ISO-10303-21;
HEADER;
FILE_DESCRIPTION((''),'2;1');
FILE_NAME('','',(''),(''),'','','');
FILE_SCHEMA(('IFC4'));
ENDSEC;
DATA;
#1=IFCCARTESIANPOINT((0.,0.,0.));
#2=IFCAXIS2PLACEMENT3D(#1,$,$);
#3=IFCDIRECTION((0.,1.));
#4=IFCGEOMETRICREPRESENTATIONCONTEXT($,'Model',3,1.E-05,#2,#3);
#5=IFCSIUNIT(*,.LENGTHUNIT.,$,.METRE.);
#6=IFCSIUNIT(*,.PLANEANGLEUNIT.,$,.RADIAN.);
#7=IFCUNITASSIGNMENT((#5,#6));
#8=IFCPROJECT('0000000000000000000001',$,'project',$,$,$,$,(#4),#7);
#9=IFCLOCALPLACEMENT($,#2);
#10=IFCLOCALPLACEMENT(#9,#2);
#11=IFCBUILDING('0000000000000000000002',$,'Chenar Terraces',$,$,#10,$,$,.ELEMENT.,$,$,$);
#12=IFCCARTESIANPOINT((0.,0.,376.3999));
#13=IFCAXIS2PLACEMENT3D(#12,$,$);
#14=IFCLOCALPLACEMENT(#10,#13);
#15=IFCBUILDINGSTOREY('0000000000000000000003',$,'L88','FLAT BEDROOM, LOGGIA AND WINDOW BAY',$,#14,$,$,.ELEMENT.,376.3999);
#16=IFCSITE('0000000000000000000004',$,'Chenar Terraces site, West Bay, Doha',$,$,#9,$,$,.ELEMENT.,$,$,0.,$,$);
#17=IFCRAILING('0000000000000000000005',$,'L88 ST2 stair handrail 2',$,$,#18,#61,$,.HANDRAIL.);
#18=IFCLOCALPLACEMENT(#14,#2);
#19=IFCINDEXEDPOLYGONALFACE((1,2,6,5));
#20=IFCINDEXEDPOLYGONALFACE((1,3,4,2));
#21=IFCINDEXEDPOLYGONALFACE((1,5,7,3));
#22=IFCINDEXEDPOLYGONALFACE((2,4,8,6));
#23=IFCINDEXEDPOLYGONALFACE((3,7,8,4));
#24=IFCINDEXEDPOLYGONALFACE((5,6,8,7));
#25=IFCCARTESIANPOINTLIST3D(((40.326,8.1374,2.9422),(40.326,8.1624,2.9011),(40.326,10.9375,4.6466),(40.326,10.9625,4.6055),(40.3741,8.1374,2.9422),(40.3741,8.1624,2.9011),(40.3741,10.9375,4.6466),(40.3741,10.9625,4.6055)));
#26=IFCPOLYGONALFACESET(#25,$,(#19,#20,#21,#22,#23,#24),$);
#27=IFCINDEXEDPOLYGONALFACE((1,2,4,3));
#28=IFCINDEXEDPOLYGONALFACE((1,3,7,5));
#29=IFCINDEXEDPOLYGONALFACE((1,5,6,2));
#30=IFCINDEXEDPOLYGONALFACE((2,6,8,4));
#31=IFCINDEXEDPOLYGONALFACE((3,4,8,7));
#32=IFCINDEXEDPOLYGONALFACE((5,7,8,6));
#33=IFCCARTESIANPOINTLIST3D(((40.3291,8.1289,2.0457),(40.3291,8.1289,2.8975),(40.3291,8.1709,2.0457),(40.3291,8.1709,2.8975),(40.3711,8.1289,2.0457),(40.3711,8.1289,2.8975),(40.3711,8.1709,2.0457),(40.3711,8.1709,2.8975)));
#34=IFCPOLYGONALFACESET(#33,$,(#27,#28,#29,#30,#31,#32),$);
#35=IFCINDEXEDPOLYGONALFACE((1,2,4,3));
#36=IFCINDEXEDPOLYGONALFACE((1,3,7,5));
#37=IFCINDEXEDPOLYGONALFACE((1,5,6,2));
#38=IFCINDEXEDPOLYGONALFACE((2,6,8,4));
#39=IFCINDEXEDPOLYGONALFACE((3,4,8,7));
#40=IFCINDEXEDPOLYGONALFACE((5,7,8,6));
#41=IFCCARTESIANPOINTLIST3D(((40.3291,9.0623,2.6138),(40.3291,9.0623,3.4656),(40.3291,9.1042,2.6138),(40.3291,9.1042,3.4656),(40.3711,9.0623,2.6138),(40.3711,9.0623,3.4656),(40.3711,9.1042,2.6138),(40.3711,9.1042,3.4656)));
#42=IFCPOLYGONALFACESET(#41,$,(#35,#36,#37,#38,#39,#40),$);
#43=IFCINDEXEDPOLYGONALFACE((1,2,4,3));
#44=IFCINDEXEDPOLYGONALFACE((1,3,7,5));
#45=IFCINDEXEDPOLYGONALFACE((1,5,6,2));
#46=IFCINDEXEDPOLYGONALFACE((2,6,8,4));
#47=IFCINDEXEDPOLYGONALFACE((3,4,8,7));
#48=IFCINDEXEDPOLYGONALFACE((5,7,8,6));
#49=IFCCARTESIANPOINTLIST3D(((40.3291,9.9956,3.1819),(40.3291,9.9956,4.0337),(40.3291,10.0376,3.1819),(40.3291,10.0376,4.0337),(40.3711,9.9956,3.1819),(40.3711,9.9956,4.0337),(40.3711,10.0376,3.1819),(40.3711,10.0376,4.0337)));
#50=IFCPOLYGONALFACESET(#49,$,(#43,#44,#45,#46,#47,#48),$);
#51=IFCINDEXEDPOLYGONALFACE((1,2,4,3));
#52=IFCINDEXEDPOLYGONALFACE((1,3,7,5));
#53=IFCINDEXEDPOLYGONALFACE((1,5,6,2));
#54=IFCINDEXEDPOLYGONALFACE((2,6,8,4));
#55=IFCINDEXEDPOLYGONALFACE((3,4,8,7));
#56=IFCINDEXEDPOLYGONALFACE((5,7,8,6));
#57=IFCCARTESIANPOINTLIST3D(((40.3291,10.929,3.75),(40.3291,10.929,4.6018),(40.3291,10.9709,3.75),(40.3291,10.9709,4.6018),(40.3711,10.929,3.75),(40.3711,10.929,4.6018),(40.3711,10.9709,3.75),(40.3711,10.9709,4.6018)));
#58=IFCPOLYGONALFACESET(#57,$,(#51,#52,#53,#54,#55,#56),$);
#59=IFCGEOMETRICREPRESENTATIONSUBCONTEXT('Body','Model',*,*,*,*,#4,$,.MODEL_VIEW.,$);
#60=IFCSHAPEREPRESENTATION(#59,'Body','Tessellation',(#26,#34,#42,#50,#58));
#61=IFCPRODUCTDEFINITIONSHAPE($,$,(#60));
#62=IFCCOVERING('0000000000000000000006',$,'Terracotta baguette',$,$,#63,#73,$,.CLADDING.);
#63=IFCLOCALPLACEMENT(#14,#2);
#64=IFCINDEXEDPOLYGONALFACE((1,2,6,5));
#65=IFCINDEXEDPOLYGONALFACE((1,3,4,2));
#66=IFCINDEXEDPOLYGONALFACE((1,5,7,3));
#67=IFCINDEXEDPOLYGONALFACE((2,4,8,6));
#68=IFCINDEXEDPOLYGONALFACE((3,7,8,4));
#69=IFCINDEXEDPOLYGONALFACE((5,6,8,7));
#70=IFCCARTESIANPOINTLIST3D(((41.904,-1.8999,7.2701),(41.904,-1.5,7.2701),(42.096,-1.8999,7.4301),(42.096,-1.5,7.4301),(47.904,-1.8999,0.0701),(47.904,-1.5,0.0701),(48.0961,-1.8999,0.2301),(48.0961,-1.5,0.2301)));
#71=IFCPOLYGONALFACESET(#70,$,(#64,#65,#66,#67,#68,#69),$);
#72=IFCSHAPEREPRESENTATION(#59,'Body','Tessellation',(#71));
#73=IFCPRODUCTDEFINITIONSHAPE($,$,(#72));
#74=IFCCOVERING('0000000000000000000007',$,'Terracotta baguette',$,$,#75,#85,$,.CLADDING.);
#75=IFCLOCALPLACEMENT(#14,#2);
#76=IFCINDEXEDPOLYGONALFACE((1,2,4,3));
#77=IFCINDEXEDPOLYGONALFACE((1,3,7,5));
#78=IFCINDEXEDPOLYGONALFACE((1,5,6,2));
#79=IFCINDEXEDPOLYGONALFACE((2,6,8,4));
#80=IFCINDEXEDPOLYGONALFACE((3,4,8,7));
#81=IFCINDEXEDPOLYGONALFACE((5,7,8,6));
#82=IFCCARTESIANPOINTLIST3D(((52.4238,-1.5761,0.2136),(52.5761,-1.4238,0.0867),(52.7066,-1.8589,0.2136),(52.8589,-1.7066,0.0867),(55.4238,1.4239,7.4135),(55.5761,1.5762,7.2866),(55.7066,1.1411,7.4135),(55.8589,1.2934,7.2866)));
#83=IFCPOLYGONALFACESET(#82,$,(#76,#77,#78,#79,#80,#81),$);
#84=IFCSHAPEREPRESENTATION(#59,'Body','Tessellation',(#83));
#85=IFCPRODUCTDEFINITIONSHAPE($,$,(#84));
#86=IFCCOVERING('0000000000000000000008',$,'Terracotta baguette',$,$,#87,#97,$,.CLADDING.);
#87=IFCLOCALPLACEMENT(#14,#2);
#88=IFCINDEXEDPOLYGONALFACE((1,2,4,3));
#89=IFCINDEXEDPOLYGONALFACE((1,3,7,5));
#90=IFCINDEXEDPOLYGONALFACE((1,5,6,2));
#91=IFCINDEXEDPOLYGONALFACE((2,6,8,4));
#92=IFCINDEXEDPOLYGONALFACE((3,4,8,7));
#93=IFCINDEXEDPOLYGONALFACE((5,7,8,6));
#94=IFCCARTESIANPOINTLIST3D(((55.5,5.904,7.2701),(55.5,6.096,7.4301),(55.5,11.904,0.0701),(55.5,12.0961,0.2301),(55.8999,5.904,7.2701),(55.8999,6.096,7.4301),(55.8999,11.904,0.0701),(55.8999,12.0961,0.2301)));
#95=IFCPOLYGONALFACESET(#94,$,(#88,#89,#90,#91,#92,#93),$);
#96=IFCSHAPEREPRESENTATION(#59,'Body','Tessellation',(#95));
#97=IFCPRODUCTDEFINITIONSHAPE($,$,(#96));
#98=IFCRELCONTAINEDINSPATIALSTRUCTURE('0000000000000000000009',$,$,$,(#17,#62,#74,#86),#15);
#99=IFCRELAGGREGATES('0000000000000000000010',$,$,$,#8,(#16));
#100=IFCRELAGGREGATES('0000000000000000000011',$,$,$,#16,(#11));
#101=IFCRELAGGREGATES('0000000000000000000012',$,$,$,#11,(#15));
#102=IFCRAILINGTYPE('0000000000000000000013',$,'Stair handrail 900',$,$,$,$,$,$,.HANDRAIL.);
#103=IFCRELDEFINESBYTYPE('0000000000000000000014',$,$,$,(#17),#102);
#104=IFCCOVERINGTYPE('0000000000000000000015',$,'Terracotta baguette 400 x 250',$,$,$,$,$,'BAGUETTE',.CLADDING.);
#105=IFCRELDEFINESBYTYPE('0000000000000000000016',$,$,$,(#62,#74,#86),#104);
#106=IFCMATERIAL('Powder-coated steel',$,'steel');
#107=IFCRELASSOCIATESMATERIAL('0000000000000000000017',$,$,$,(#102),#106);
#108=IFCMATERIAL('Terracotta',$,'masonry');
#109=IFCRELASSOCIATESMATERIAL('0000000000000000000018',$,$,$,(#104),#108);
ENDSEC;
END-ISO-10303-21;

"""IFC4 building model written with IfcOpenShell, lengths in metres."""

from ifc_helpers import new_model, si_unit, direction, frame, origin, origin_2d, place, context, subcontext, project, spatial, rectangle, extrude, material, material_profile, profile_set, type_object, element, save


model = new_model("IFC4")

# Units and contexts
model_context = context("Model", 3, precision=1e-05, world=origin(), true_north=direction((0.0, 1.0)))
body_context = subcontext(model_context, "Body", "Model", "MODEL_VIEW")
ifc_project = project(units=[si_unit("LENGTHUNIT", "METRE"), si_unit("PLANEANGLEUNIT", "RADIAN")], contexts=[model_context])

# Site, building, storey
site_placement = place(None, origin())
site = spatial("IfcSite", under=ifc_project, at=site_placement, Name="Chenar Terraces site, West Bay, Doha", CompositionType="ELEMENT", RefElevation=0.0)
building_placement = place(site_placement, origin())
building = spatial("IfcBuilding", under=site, at=building_placement, Name="Chenar Terraces", CompositionType="ELEMENT")
storey_placement = place(building_placement, frame((0.0, 0.0, 376.3999)))
storey = spatial("IfcBuildingStorey", under=building, at=storey_placement, Name="L88", Description="FLAT BEDROOM, LOGGIA AND WINDOW BAY", CompositionType="ELEMENT", Elevation=376.3999)

# Railing
ifc_material_1 = material(Name="Powder-coated steel", Category="steel")
railing_type = type_object("IfcRailingType", Name="Stair handrail 900", PredefinedType="HANDRAIL", material=ifc_material_1)
railing_placement = place(storey_placement, frame((40.3501, 8.1499, 2.0457)))
element("IfcRailing", 1, at=railing_placement, inside=storey, type_object=railing_type, Name="L88 ST2 stair handrail 2", PredefinedType="HANDRAIL", context=body_context, shape_type="SweptSolid", body=[
    extrude(rectangle(XDim=0.0481, YDim=0.0481, at=origin_2d()), frame((0.0, 0.0, 0.876), z_axis=(0.0, 0.854203, 0.51994), x_axis=(-1.0, 0.0, 0.0)), (0.0, 0.0, 1.0), 3.2781),
    extrude(rectangle(XDim=0.042, YDim=0.042, at=origin_2d()), origin(), (0.0, 0.0, 1.0), 0.8518),
    extrude(rectangle(XDim=0.042, YDim=0.042, at=origin_2d()), frame((0.0, 0.9333, 0.5681)), (0.0, 0.0, 1.0), 0.8518),
    extrude(rectangle(XDim=0.042, YDim=0.042, at=origin_2d()), frame((0.0, 1.8667, 1.1362)), (0.0, 0.0, 1.0), 0.8518),
    extrude(rectangle(XDim=0.042, YDim=0.042, at=origin_2d()), frame((0.0, 2.8, 1.7043)), (0.0, 0.0, 1.0), 0.8518),
])

# Coverings
ifc_material_2 = material(Name="Terracotta", Category="masonry")
ifc_material_profile_1 = material_profile(ifc_material_2, rectangle(XDim=0.3999, YDim=0.25, at=origin_2d()), Name="Terracotta baguette 400 x 250")
ifc_profile_set_1 = profile_set([ifc_material_profile_1], Name="Terracotta")
covering_type = type_object("IfcCoveringType", Name="Terracotta baguette 400 x 250", ElementType="BAGUETTE", PredefinedType="CLADDING", material=ifc_profile_set_1)
covering_1_placement = place(storey_placement, frame((42.0, -1.7, 7.3501), z_axis=(0.640187, 0.0, -0.768219), x_axis=(0.0, 1.0, 0.0)))
element("IfcCovering", 2, at=covering_1_placement, inside=storey, type_object=covering_type, Name="Terracotta baguette", PredefinedType="CLADDING", context=body_context, shape_type="SweptSolid", body=[
    extrude(rectangle(XDim=0.3999, YDim=0.25, at=origin_2d()), origin(), (0.0, 0.0, 1.0), 9.3723),
])
covering_2_placement = place(storey_placement, frame((52.6414, -1.6414, 0.1501), z_axis=(0.358981, 0.358981, 0.861548), x_axis=(-0.707107, 0.707107, 0.0)))
element("IfcCovering", 3, at=covering_2_placement, inside=storey, type_object=covering_type, Name="Terracotta baguette", PredefinedType="CLADDING", context=body_context, shape_type="SweptSolid", body=[
    extrude(rectangle(XDim=0.3999, YDim=0.25, at=origin_2d()), origin(), (0.0, 0.0, 1.0), 8.3569),
])
covering_3_placement = place(storey_placement, frame((55.7, 6.0, 7.3501), z_axis=(0.0, 0.640187, -0.768219), x_axis=(-1.0, 0.0, 0.0)))
element("IfcCovering", 4, at=covering_3_placement, inside=storey, type_object=covering_type, Name="Terracotta baguette", PredefinedType="CLADDING", context=body_context, shape_type="SweptSolid", body=[
    extrude(rectangle(XDim=0.3999, YDim=0.25, at=origin_2d()), origin(), (0.0, 0.0, 1.0), 9.3723),
])

save(model, "model.ifc")
